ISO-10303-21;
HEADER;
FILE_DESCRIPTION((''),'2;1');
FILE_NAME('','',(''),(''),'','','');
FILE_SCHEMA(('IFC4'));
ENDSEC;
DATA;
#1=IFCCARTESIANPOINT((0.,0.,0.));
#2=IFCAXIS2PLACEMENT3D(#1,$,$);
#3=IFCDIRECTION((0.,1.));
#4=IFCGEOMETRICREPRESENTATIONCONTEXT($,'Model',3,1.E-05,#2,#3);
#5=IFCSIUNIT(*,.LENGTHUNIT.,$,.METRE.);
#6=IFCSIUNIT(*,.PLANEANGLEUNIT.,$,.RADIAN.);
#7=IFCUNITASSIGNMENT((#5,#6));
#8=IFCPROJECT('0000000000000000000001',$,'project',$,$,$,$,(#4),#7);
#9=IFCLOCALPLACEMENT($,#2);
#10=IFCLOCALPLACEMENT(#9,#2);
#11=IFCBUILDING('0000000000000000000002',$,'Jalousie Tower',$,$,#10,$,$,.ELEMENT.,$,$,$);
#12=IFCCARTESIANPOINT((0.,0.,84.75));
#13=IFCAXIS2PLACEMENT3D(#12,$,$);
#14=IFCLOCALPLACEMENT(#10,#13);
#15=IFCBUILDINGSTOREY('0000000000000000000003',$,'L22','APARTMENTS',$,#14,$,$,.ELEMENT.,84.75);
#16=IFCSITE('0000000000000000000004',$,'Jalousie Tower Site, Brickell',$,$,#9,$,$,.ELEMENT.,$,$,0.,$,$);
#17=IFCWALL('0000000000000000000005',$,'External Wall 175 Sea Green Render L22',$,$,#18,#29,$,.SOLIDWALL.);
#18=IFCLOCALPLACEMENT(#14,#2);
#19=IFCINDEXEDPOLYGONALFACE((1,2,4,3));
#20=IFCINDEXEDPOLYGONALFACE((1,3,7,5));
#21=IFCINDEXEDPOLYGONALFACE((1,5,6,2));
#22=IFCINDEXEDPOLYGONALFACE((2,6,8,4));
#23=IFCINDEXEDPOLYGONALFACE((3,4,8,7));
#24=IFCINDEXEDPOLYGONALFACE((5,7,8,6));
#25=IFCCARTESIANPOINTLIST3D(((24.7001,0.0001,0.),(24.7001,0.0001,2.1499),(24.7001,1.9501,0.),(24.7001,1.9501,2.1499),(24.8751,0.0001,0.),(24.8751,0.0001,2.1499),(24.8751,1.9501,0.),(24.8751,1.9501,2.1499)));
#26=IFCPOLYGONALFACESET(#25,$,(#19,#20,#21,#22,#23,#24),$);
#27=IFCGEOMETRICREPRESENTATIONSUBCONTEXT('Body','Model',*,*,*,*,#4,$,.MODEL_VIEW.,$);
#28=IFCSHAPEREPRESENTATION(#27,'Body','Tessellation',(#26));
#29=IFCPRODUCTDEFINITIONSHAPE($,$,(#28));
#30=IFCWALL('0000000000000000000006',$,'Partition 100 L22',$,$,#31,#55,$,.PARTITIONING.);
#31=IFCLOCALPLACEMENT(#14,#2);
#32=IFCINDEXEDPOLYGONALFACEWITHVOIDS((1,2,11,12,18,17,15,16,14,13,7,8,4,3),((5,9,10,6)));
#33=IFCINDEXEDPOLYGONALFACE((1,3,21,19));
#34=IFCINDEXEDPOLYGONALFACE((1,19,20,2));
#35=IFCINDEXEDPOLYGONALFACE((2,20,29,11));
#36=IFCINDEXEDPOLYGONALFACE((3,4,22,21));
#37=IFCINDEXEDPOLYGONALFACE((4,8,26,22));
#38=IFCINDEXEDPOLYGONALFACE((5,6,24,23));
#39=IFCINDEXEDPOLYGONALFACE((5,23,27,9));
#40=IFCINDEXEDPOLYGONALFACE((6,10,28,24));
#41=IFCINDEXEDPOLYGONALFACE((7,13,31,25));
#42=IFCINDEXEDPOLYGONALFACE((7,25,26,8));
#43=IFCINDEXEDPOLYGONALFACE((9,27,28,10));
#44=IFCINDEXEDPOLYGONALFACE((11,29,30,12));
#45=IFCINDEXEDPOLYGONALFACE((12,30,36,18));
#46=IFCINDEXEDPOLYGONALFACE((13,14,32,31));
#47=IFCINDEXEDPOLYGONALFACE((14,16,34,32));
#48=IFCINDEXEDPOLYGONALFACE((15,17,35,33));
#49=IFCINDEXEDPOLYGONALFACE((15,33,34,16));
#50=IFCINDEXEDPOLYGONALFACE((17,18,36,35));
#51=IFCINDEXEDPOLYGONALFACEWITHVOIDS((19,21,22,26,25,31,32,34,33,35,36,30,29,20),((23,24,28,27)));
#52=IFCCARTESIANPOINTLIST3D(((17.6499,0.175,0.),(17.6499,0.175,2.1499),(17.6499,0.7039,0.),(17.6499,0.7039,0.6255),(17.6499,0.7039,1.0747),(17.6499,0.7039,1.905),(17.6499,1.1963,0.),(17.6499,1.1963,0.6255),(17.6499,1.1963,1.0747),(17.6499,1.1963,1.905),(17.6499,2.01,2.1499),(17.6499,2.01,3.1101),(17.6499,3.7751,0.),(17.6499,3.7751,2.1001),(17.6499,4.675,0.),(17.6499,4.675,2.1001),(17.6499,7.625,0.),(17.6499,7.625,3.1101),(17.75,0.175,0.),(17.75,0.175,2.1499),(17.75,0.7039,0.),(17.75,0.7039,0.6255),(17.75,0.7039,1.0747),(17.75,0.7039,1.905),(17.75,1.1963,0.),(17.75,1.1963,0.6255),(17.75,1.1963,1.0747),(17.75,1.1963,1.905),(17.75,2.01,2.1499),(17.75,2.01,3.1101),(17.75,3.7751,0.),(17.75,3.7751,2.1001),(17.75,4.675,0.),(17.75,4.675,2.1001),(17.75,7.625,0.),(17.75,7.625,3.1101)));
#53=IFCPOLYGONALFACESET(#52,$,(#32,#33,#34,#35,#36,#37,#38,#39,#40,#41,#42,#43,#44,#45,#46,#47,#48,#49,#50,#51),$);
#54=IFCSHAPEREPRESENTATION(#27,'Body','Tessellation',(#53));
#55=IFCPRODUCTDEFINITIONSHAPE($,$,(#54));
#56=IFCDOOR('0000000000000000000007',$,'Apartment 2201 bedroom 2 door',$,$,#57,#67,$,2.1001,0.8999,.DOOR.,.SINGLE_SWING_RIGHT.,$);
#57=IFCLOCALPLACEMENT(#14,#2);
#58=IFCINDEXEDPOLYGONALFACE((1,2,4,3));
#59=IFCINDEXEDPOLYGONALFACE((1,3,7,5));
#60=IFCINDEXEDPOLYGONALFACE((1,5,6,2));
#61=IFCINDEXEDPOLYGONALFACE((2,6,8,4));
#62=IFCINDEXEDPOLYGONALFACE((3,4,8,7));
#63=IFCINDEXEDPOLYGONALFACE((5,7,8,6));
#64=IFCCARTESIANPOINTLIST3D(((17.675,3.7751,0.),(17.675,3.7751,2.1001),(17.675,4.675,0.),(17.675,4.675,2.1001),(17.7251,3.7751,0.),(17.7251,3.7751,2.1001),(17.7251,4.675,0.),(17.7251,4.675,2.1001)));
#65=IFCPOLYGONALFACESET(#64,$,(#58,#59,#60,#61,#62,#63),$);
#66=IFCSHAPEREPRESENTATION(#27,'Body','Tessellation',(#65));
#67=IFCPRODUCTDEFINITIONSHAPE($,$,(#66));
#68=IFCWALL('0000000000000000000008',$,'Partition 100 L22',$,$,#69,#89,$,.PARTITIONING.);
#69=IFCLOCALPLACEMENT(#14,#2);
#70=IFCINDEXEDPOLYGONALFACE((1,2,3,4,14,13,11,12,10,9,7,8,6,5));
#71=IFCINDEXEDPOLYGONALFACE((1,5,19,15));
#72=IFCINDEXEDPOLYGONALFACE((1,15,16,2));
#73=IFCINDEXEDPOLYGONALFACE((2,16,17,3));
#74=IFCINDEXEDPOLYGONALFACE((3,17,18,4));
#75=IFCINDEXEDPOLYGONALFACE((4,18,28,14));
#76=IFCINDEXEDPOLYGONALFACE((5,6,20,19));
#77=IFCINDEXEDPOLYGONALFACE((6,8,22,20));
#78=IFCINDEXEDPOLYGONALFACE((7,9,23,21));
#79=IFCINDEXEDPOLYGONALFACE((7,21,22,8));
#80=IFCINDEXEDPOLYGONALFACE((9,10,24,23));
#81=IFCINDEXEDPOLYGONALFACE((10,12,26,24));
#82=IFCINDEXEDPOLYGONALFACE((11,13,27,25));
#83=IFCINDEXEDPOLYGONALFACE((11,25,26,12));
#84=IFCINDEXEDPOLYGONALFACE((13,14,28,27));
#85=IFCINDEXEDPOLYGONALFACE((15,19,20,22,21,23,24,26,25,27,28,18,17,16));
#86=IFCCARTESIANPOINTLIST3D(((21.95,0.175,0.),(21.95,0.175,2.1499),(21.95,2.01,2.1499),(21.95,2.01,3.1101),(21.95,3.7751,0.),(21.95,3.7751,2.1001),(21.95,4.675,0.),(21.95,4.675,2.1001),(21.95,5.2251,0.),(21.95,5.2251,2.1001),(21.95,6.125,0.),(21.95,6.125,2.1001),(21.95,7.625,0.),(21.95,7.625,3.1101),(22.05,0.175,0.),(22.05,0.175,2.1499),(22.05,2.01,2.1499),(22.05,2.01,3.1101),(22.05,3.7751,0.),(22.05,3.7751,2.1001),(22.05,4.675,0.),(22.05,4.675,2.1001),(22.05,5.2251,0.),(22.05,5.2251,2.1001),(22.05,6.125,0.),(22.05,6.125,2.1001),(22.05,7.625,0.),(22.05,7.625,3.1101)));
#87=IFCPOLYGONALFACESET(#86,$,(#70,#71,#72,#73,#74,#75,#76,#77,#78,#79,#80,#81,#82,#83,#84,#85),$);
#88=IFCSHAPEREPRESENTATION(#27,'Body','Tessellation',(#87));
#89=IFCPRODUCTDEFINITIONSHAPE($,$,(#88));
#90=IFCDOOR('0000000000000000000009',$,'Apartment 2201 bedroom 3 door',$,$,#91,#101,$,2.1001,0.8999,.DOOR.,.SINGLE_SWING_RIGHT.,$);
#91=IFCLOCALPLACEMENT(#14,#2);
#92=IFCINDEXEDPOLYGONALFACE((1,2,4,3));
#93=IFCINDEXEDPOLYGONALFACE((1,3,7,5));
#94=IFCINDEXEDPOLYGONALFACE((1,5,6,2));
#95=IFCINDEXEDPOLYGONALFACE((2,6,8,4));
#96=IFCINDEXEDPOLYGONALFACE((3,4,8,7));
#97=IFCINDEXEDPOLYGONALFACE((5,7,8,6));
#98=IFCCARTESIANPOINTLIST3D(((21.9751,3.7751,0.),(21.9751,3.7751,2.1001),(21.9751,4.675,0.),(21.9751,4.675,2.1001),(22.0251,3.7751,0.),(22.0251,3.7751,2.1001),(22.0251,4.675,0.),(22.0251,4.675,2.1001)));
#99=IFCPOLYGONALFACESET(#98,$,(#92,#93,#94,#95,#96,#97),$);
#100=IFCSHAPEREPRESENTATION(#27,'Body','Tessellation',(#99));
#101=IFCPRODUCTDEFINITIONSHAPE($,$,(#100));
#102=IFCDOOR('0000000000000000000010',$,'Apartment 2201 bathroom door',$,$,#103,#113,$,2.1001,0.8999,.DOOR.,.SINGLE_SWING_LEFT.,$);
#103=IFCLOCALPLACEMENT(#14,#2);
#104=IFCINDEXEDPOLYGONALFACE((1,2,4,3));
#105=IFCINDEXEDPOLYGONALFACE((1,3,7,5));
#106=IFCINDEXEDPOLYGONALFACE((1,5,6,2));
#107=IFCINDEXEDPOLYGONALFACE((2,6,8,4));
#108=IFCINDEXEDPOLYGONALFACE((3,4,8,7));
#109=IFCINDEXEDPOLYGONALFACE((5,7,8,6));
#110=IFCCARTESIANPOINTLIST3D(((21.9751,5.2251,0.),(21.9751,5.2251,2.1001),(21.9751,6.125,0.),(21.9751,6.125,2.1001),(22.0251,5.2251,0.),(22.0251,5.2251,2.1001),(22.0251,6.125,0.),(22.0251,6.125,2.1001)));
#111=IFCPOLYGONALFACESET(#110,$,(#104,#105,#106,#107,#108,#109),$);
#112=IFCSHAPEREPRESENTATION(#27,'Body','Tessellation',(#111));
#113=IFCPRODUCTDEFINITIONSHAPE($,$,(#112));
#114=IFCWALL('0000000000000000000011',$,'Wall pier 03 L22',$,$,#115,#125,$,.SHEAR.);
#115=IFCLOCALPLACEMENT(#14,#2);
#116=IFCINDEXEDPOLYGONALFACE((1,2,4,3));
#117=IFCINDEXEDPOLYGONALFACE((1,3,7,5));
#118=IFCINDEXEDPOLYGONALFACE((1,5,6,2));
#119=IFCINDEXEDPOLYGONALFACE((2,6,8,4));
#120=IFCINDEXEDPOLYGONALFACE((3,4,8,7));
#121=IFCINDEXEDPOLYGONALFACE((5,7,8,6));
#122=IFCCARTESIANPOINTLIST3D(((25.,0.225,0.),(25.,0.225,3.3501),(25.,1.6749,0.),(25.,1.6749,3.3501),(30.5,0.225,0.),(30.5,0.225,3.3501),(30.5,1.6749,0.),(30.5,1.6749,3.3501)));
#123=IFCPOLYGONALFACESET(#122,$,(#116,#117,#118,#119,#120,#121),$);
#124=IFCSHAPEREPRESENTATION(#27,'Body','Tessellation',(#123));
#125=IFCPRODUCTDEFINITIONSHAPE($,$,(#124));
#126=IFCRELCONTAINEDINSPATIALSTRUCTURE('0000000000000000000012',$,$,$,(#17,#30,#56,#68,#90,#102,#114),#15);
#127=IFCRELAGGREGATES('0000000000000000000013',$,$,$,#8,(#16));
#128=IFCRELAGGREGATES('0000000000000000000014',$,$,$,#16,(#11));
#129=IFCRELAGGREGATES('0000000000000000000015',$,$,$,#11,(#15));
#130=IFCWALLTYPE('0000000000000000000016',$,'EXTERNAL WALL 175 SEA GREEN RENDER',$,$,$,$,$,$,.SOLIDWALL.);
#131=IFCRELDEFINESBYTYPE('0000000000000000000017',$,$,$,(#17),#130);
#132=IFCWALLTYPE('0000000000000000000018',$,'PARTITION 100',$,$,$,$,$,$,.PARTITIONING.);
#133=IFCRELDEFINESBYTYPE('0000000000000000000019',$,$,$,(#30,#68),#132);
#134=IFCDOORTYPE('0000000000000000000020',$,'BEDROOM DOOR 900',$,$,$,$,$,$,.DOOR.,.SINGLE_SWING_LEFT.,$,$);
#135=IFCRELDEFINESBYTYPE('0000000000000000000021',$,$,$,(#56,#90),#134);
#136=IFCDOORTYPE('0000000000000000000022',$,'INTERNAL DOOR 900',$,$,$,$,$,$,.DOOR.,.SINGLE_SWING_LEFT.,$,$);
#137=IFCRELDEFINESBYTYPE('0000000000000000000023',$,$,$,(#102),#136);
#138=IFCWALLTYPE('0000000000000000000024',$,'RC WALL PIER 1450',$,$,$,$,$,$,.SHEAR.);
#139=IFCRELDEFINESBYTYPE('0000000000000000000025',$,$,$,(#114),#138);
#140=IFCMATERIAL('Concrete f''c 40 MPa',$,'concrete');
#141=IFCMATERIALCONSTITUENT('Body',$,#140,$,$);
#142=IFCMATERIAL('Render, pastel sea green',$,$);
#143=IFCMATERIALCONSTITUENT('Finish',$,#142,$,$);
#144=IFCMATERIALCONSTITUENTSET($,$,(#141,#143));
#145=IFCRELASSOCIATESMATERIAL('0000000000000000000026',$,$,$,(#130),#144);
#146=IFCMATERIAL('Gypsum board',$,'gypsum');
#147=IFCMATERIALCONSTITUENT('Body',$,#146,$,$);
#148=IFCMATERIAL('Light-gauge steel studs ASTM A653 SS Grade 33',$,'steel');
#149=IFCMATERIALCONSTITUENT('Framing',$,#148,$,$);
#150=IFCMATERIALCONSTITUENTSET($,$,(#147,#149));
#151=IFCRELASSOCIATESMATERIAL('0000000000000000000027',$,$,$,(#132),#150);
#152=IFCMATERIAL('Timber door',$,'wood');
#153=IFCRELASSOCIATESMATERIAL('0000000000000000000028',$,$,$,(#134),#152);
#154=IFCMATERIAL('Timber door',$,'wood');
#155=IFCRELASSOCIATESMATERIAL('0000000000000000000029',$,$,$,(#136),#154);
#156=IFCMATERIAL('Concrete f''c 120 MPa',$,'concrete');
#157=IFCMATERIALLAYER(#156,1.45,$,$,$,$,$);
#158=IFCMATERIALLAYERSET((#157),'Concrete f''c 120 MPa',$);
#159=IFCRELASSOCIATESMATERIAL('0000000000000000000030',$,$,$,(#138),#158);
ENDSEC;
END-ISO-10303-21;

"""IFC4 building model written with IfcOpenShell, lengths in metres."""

from ifc_helpers import new_model, si_unit, direction, frame, frame_2d, origin, place, context, subcontext, project, spatial, polyline, rectangle, outline, extrude, material, layer, layer_set, constituent, constituent_set, type_object, element, fill, save


model = new_model("IFC4")

# Units and contexts
model_context = context("Model", 3, precision=1e-05, world=origin(), true_north=direction((0.0, 1.0)))
body_context = subcontext(model_context, "Body", "Model", "MODEL_VIEW")
ifc_project = project(units=[si_unit("LENGTHUNIT", "METRE"), si_unit("PLANEANGLEUNIT", "RADIAN")], contexts=[model_context])

# Site, building, storey
site_placement = place(None, origin())
site = spatial("IfcSite", under=ifc_project, at=site_placement, Name="Jalousie Tower Site, Brickell", CompositionType="ELEMENT", RefElevation=0.0)
building_placement = place(site_placement, origin())
building = spatial("IfcBuilding", under=site, at=building_placement, Name="Jalousie Tower", CompositionType="ELEMENT")
storey_placement = place(building_placement, frame((0.0, 0.0, 84.75)))
storey = spatial("IfcBuildingStorey", under=building, at=storey_placement, Name="L22", Description="APARTMENTS", CompositionType="ELEMENT", Elevation=84.75)

# Shared definitions
ifc_material_1 = material(Name="Concrete f'c 40 MPa", Category="concrete")
ifc_constituent_1 = constituent(ifc_material_1, Name="Body")
ifc_material_2 = material(Name="Render, pastel sea green")
ifc_constituent_2 = constituent(ifc_material_2, Name="Finish")
ifc_constituent_set_1 = constituent_set(constituents=[ifc_constituent_1, ifc_constituent_2])
wall_type_1 = type_object("IfcWallType", Name="EXTERNAL WALL 175 SEA GREEN RENDER", PredefinedType="SOLIDWALL", material=ifc_constituent_set_1)

# Wall
for number, where, z_axis, x_axis, name in (
    (1, (24.7876, 0.0, 0.0), (0.0, 0.0, 1.0), (0.0, 1.0, 0.0), "External Wall 175 Sea Green Render L22"),
):
    element("IfcWall", number, at=place(storey_placement, frame(where, z_axis=z_axis, x_axis=x_axis)), inside=storey, type_object=wall_type_1, Name=name, PredefinedType="SOLIDWALL", context=body_context, shape_type="SweptSolid", body=[
        extrude(rectangle(XDim=1.95, YDim=0.175, at=frame_2d((0.9751, 0.0))), origin(), (0.0, 0.0, 1.0), 2.1499),
    ])

# Wall, opening, door
ifc_material_3 = material(Name="Gypsum board", Category="gypsum")
ifc_constituent_3 = constituent(ifc_material_3, Name="Body")
ifc_material_4 = material(Name="Light-gauge steel studs ASTM A653 SS Grade 33", Category="steel")
ifc_constituent_4 = constituent(ifc_material_4, Name="Framing")
ifc_constituent_set_2 = constituent_set(constituents=[ifc_constituent_3, ifc_constituent_4])
wall_type_2 = type_object("IfcWallType", Name="PARTITION 100", PredefinedType="PARTITIONING", material=ifc_constituent_set_2)
wall_1_placement = place(storey_placement, frame((17.7, 0.175, 0.0), z_axis=(0.0, 0.0, 1.0), x_axis=(0.0, 1.0, 0.0)))
wall_1 = element("IfcWall", 2, at=wall_1_placement, inside=storey, type_object=wall_type_2, Name="Partition 100 L22", PredefinedType="PARTITIONING", context=body_context, shape_type="SweptSolid", body=[
    extrude(outline(polyline([(1.835, 2.1499), (0.0, 2.1499), (0.0, 0.0), (0.5288, 0.0), (0.5288, 0.6255), (1.0212, 0.6255), (1.0212, 0.0), (7.45, 0.0), (7.45, 3.1101), (1.835, 3.1101), (1.835, 2.1499)]), holes=[polyline([(1.0212, 1.0747), (0.5288, 1.0747), (0.5288, 1.905), (1.0212, 1.905), (1.0212, 1.0747)])]), frame((0.0, 0.05, 0.0), z_axis=(0.0, -1.0, 0.0), x_axis=(1.0, 0.0, 0.0)), (0.0, 0.0, 1.0), 0.1001),
])
opening_1_placement = place(wall_1_placement, frame((3.6001, 0.0, 0.0)))
opening_1 = element("IfcOpeningElement", 3, at=opening_1_placement, cuts=wall_1, PredefinedType="OPENING", context=body_context, shape_type="SweptSolid", body=[
    extrude(rectangle(XDim=0.8999, YDim=2.1001, at=frame_2d((0.45, 1.05))), frame((0.0, 0.0601, 0.0), z_axis=(0.0, -1.0, 0.0), x_axis=(1.0, 0.0, 0.0)), (0.0, 0.0, 1.0), 0.1201),
])
ifc_material_5 = material(Name="Timber door", Category="wood")
door_type_1 = type_object("IfcDoorType", Name="BEDROOM DOOR 900", OperationType="SINGLE_SWING_LEFT", PredefinedType="DOOR", material=ifc_material_5)
door_1_placement = place(opening_1_placement, origin())
door_1 = element("IfcDoor", 4, at=door_1_placement, inside=storey, type_object=door_type_1, Name="Apartment 2201 bedroom 2 door", OperationType="SINGLE_SWING_RIGHT", OverallHeight=2.1001, OverallWidth=0.8999, PredefinedType="DOOR", context=body_context, shape_type="SweptSolid", body=[
    extrude(rectangle(XDim=0.8999, YDim=2.1001, at=frame_2d((0.45, 1.05))), frame((0.0, 0.0249, 0.0), z_axis=(0.0, -1.0, 0.0), x_axis=(1.0, 0.0, 0.0)), (0.0, 0.0, 1.0), 0.05),
])
fill(opening_1, door_1)

# Wall, openings, doors
wall_2_placement = place(storey_placement, frame((22.0, 0.175, 0.0), z_axis=(0.0, 0.0, 1.0), x_axis=(0.0, 1.0, 0.0)))
wall_2 = element("IfcWall", 5, at=wall_2_placement, inside=storey, type_object=wall_type_2, Name="Partition 100 L22", PredefinedType="PARTITIONING", context=body_context, shape_type="SweptSolid", body=[
    extrude(outline(polyline([(0.0, 0.0), (7.45, 0.0), (7.45, 3.1101), (1.835, 3.1101), (1.835, 2.1499), (0.0, 2.1499), (0.0, 3.1101), (0.0, 0.0)])), frame((0.0, 0.05, 0.0), z_axis=(0.0, -1.0, 0.0), x_axis=(1.0, 0.0, 0.0)), (0.0, 0.0, 1.0), 0.1001),
])
opening_2_placement = place(wall_2_placement, frame((3.6001, 0.0, 0.0)))
opening_2 = element("IfcOpeningElement", 6, at=opening_2_placement, cuts=wall_2, PredefinedType="OPENING", context=body_context, shape_type="SweptSolid", body=[
    extrude(rectangle(XDim=0.8999, YDim=2.1001, at=frame_2d((0.45, 1.05))), frame((0.0, 0.0601, 0.0), z_axis=(0.0, -1.0, 0.0), x_axis=(1.0, 0.0, 0.0)), (0.0, 0.0, 1.0), 0.1201),
])
opening_3_placement = place(wall_2_placement, frame((5.05, 0.0, 0.0)))
opening_3 = element("IfcOpeningElement", 7, at=opening_3_placement, cuts=wall_2, PredefinedType="OPENING", context=body_context, shape_type="SweptSolid", body=[
    extrude(rectangle(XDim=0.8999, YDim=2.1001, at=frame_2d((0.45, 1.05))), frame((0.0, 0.0601, 0.0), z_axis=(0.0, -1.0, 0.0), x_axis=(1.0, 0.0, 0.0)), (0.0, 0.0, 1.0), 0.1201),
])
door_2_placement = place(opening_2_placement, origin())
door_2 = element("IfcDoor", 8, at=door_2_placement, inside=storey, type_object=door_type_1, Name="Apartment 2201 bedroom 3 door", OperationType="SINGLE_SWING_RIGHT", OverallHeight=2.1001, OverallWidth=0.8999, PredefinedType="DOOR", context=body_context, shape_type="SweptSolid", body=[
    extrude(rectangle(XDim=0.8999, YDim=2.1001, at=frame_2d((0.45, 1.05))), frame((0.0, 0.0249, 0.0), z_axis=(0.0, -1.0, 0.0), x_axis=(1.0, 0.0, 0.0)), (0.0, 0.0, 1.0), 0.05),
])
fill(opening_2, door_2)
ifc_material_6 = material(Name="Timber door", Category="wood")
door_type_2 = type_object("IfcDoorType", Name="INTERNAL DOOR 900", OperationType="SINGLE_SWING_LEFT", PredefinedType="DOOR", material=ifc_material_6)
door_3_placement = place(opening_3_placement, origin())
door_3 = element("IfcDoor", 9, at=door_3_placement, inside=storey, type_object=door_type_2, Name="Apartment 2201 bathroom door", OperationType="SINGLE_SWING_LEFT", OverallHeight=2.1001, OverallWidth=0.8999, PredefinedType="DOOR", context=body_context, shape_type="SweptSolid", body=[
    extrude(rectangle(XDim=0.8999, YDim=2.1001, at=frame_2d((0.45, 1.05))), frame((0.0, 0.0249, 0.0), z_axis=(0.0, -1.0, 0.0), x_axis=(1.0, 0.0, 0.0)), (0.0, 0.0, 1.0), 0.05),
])
fill(opening_3, door_3)

# Wall
ifc_material_7 = material(Name="Concrete f'c 120 MPa", Category="concrete")
ifc_layer_1 = layer(ifc_material_7, 1.45)
ifc_layer_set_1 = layer_set([ifc_layer_1], Name="Concrete f'c 120 MPa")
wall_type_3 = type_object("IfcWallType", Name="RC WALL PIER 1450", PredefinedType="SHEAR", material=ifc_layer_set_1)
wall_3_placement = place(storey_placement, frame((25.0, 0.95, 0.0), z_axis=(0.0, 0.0, 1.0), x_axis=(1.0, 0.0, 0.0)))
element("IfcWall", 10, at=wall_3_placement, inside=storey, type_object=wall_type_3, Name="Wall pier 03 L22", PredefinedType="SHEAR", context=body_context, shape_type="SweptSolid", body=[
    extrude(rectangle(XDim=5.5, YDim=1.45, at=frame_2d((2.75, 0.0))), origin(), (0.0, 0.0, 1.0), 3.3501),
])

save(model, "model.ifc")
